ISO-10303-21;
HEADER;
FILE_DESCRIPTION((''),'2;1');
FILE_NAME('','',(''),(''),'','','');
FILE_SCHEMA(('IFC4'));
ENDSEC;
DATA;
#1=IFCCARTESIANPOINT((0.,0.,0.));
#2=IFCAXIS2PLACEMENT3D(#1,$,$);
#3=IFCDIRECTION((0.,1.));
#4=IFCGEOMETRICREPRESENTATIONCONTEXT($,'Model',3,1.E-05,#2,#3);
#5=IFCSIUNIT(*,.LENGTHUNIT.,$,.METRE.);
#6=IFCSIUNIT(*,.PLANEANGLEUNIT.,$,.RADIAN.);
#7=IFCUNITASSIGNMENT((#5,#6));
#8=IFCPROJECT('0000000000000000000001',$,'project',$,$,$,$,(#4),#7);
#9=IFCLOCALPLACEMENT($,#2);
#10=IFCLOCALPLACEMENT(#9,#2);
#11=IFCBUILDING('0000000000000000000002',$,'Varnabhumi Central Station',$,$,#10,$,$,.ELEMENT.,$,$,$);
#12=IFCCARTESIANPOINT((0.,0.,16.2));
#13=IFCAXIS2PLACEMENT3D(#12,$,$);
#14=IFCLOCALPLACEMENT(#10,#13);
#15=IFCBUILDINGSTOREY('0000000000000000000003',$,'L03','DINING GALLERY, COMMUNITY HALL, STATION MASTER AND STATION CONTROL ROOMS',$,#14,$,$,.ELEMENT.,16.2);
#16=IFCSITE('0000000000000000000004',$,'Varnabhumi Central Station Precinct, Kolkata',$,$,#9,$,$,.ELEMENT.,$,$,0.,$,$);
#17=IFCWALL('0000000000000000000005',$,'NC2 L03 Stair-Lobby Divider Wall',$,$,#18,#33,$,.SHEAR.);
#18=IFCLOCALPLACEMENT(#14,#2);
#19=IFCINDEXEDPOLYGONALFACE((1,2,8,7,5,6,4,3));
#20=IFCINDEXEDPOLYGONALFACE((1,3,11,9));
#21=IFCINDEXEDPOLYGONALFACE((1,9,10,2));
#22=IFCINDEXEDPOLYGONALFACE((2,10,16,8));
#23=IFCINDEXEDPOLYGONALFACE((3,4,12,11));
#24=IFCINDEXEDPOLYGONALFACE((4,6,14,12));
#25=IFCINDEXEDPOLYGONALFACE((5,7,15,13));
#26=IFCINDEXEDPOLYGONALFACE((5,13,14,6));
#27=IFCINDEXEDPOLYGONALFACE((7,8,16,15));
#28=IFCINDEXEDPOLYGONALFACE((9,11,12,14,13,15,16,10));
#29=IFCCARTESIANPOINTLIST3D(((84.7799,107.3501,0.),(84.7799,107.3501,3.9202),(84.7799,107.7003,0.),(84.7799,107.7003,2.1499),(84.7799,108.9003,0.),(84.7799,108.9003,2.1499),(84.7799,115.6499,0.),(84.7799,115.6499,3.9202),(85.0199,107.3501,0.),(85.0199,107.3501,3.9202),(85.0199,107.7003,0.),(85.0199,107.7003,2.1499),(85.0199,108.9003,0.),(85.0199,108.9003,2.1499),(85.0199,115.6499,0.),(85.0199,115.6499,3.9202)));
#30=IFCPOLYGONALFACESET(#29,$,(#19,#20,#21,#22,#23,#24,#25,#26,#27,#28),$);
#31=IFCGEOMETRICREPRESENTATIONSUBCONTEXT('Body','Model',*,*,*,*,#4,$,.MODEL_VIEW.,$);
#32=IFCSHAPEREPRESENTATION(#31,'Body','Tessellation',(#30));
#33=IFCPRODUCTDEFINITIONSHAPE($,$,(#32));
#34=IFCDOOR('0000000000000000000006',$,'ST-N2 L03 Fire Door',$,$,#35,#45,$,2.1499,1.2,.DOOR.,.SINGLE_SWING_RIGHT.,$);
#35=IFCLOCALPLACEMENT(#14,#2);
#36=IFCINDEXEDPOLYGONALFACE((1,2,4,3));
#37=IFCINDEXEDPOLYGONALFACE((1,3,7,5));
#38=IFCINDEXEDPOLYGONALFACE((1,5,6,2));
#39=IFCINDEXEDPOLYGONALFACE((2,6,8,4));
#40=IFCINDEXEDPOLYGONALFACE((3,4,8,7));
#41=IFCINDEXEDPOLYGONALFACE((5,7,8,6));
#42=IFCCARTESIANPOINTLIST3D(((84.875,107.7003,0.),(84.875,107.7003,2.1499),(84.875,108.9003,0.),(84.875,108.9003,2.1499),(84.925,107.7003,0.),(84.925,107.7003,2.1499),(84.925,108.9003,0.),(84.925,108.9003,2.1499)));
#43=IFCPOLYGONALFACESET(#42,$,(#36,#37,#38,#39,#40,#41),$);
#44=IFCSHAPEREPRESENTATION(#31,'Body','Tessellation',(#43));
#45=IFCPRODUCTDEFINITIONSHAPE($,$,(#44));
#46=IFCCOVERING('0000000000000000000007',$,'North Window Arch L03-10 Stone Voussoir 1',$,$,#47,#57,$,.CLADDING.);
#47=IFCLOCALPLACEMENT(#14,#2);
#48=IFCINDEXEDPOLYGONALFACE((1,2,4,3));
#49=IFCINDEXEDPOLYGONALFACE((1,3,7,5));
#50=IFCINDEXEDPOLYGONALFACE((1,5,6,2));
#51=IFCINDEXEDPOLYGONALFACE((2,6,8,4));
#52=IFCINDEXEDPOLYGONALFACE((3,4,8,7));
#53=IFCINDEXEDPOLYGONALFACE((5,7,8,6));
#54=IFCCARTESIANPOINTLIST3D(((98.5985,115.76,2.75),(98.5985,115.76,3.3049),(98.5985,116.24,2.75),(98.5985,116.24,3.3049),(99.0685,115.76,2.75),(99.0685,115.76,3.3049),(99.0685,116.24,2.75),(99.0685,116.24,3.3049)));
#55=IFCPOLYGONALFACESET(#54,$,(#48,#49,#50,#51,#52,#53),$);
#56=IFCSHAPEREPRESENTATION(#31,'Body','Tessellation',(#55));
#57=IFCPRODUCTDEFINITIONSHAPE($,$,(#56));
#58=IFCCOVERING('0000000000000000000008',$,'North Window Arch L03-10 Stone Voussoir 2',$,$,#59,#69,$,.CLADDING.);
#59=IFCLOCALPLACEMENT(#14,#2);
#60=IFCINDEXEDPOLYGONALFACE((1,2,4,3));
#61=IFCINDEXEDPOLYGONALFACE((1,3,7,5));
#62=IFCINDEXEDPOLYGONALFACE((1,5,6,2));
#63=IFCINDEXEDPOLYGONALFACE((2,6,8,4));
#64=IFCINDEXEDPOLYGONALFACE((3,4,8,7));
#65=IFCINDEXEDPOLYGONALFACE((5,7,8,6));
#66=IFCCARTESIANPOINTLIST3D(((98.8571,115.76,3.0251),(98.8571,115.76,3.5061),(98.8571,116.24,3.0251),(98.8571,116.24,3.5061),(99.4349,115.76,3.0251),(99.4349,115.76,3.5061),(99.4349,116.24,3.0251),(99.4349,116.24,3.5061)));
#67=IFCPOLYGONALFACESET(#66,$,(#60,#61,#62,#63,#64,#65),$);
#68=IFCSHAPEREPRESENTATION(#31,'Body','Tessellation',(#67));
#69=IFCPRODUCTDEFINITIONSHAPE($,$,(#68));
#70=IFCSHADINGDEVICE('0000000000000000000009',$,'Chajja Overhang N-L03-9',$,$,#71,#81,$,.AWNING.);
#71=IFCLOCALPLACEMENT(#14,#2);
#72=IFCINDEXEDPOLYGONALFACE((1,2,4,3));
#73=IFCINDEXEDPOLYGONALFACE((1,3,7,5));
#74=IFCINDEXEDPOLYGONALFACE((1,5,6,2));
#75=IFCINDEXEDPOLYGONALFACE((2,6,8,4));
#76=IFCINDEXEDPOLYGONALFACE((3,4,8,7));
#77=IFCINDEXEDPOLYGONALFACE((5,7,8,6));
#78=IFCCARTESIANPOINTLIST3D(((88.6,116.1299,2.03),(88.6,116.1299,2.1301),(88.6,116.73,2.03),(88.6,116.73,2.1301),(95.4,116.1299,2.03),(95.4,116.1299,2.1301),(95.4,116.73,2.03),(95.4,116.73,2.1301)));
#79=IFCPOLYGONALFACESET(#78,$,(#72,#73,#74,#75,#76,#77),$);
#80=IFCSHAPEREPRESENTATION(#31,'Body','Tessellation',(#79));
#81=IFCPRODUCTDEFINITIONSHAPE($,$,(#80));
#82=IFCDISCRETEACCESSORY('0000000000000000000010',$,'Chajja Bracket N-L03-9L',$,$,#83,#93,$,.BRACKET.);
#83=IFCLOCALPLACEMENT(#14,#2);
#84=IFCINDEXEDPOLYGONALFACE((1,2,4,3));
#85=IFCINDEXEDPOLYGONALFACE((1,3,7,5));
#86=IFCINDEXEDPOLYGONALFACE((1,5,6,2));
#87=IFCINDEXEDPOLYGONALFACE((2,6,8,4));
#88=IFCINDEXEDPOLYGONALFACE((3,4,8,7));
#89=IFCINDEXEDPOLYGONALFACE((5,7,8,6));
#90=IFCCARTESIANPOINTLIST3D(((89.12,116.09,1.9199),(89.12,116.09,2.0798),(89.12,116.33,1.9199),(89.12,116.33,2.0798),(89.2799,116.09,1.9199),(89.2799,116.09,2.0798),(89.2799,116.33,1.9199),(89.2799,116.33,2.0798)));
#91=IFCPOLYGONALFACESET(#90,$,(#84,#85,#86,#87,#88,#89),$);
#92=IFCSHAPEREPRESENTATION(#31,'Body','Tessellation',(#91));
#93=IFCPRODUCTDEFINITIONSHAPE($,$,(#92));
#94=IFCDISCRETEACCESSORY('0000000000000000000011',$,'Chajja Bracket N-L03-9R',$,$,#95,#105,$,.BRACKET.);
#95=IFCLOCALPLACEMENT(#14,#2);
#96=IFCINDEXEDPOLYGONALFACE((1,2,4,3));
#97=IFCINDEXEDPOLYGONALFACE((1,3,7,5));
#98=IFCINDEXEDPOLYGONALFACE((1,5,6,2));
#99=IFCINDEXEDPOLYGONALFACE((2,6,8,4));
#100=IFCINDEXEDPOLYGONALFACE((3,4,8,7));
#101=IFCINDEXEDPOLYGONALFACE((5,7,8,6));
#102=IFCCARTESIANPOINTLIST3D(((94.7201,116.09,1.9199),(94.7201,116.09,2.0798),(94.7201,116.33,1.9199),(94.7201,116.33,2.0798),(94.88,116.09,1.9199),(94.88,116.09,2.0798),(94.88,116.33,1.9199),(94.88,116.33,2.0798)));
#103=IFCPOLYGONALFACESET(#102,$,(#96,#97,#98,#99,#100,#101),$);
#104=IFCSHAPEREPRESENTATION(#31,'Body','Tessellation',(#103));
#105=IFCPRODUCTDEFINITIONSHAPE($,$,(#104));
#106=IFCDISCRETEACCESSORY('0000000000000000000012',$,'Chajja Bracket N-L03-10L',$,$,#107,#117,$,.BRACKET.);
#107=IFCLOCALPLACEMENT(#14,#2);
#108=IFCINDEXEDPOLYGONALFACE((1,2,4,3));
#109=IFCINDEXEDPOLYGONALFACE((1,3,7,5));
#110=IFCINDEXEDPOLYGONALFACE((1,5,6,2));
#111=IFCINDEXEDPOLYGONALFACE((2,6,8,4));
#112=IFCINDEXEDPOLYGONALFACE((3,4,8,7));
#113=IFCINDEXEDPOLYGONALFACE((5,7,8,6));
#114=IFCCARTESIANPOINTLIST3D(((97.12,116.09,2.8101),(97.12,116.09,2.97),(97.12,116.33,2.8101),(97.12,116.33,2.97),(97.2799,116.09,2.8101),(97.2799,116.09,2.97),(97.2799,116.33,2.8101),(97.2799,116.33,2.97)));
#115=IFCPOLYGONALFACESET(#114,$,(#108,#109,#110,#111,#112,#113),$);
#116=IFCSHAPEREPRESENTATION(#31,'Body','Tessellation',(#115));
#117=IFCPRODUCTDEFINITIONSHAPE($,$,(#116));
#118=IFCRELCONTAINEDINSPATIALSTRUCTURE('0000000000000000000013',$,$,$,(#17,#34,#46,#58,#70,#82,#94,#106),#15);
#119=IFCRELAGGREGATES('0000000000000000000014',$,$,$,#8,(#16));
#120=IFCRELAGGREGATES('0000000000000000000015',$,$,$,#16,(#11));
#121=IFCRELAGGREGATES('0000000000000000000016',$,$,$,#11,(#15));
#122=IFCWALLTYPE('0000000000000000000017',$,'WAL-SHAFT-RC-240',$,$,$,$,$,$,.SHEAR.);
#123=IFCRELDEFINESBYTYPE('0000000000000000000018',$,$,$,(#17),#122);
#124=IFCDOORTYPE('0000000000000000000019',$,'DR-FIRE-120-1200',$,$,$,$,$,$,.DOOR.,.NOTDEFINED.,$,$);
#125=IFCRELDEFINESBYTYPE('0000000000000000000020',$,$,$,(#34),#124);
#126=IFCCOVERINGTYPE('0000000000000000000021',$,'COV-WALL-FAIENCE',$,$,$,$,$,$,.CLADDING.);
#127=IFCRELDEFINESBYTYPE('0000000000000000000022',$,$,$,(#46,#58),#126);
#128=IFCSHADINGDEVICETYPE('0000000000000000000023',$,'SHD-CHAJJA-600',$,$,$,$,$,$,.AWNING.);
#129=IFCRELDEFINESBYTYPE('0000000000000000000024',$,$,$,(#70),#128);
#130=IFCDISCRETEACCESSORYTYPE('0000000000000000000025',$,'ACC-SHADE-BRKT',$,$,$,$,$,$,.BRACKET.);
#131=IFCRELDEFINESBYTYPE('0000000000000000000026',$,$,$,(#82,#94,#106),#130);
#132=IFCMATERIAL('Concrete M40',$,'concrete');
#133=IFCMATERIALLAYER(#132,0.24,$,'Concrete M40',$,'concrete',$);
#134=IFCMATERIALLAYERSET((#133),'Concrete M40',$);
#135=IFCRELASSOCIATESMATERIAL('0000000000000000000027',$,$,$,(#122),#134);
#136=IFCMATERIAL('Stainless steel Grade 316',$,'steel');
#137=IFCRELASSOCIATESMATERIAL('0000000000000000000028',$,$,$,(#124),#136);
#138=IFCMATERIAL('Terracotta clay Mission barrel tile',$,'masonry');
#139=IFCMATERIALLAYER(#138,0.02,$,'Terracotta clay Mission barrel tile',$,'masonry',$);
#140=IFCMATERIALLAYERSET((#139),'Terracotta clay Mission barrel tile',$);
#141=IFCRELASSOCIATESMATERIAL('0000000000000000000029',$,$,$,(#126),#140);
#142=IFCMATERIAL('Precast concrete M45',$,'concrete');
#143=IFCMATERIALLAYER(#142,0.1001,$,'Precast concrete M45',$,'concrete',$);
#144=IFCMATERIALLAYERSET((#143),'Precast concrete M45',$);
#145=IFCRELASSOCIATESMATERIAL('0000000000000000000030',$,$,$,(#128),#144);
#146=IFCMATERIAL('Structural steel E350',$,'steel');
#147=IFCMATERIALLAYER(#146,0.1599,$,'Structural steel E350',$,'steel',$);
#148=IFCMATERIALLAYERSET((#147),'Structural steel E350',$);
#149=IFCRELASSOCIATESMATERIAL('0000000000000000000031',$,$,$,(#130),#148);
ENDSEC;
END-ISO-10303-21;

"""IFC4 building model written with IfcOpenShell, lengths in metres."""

from ifc_helpers import new_model, si_unit, direction, frame, frame_2d, origin, origin_2d, place, context, subcontext, project, spatial, rectangle, extrude, material, layer, layer_set, type_object, element, fill, save


model = new_model("IFC4")

# Units and contexts
model_context = context("Model", 3, precision=1e-05, world=origin(), true_north=direction((0.0, 1.0)))
body_context = subcontext(model_context, "Body", "Model", "MODEL_VIEW")
ifc_project = project(units=[si_unit("LENGTHUNIT", "METRE"), si_unit("PLANEANGLEUNIT", "RADIAN")], contexts=[model_context])

# Site, building, storey
site_placement = place(None, origin())
site = spatial("IfcSite", under=ifc_project, at=site_placement, Name="Varnabhumi Central Station Precinct, Kolkata", CompositionType="ELEMENT", RefElevation=0.0)
building_placement = place(site_placement, origin())
building = spatial("IfcBuilding", under=site, at=building_placement, Name="Varnabhumi Central Station", CompositionType="ELEMENT")
storey_placement = place(building_placement, frame((0.0, 0.0, 16.2)))
storey = spatial("IfcBuildingStorey", under=building, at=storey_placement, Name="L03", Description="DINING GALLERY, COMMUNITY HALL, STATION MASTER AND STATION CONTROL ROOMS", CompositionType="ELEMENT", Elevation=16.2)

# Shared definitions
ifc_material_1 = material(Name="Concrete M40", Category="concrete")

# Shared definitions
ifc_material_2 = material(Name="Structural steel E350", Category="steel")

# Wall, opening, door
ifc_layer_1 = layer(ifc_material_1, 0.24, Name="Concrete M40", Category="concrete")
ifc_layer_set_1 = layer_set([ifc_layer_1], Name="Concrete M40")
wall_type_1 = type_object("IfcWallType", Name="WAL-SHAFT-RC-240", PredefinedType="SHEAR", material=ifc_layer_set_1)
wall_1_placement = place(storey_placement, frame((84.8999, 107.3501, 0.0), z_axis=(0.0, 0.0, 1.0), x_axis=(0.0, 1.0, 0.0)))
wall_1 = element("IfcWall", 1, at=wall_1_placement, inside=storey, type_object=wall_type_1, Name="NC2 L03 Stair-Lobby Divider Wall", PredefinedType="SHEAR", context=body_context, shape_type="SweptSolid", body=[
    extrude(rectangle(XDim=8.2998, YDim=0.24, at=frame_2d((4.1499, 0.0))), origin(), (0.0, 0.0, 1.0), 3.9202),
])
opening_1_placement = place(wall_1_placement, frame((0.3501, 0.0, 0.0)))
opening_1 = element("IfcOpeningElement", 2, at=opening_1_placement, cuts=wall_1, PredefinedType="OPENING", context=body_context, shape_type="SweptSolid", body=[
    extrude(rectangle(XDim=1.2, YDim=2.1499, at=frame_2d((0.6001, 1.075))), frame((0.0, 0.1299, 0.0), z_axis=(0.0, -1.0, 0.0), x_axis=(1.0, 0.0, 0.0)), (0.0, 0.0, 1.0), 0.26),
])
ifc_material_3 = material(Name="Stainless steel Grade 316", Category="steel")
door_type_1 = type_object("IfcDoorType", Name="DR-FIRE-120-1200", OperationType="NOTDEFINED", PredefinedType="DOOR", material=ifc_material_3)
door_1_placement = place(opening_1_placement, origin())
door_1 = element("IfcDoor", 3, at=door_1_placement, inside=storey, type_object=door_type_1, Name="ST-N2 L03 Fire Door", OperationType="SINGLE_SWING_RIGHT", OverallHeight=2.1499, OverallWidth=1.2, PredefinedType="DOOR", context=body_context, shape_type="SweptSolid", body=[
    extrude(rectangle(XDim=1.2, YDim=2.1499, at=frame_2d((0.6001, 1.075))), frame((0.0, 0.0249, 0.0), z_axis=(0.0, -1.0, 0.0), x_axis=(1.0, 0.0, 0.0)), (0.0, 0.0, 1.0), 0.05),
])
fill(opening_1, door_1)

# Coverings
ifc_material_4 = material(Name="Terracotta clay Mission barrel tile", Category="masonry")
ifc_layer_2 = layer(ifc_material_4, 0.02, Name="Terracotta clay Mission barrel tile", Category="masonry")
ifc_layer_set_2 = layer_set([ifc_layer_2], Name="Terracotta clay Mission barrel tile")
covering_type = type_object("IfcCoveringType", Name="COV-WALL-FAIENCE", PredefinedType="CLADDING", material=ifc_layer_set_2)
covering_1_placement = place(storey_placement, frame((98.8335, 116.0, 2.75), z_axis=(0.0, 0.0, 1.0), x_axis=(1.0, 0.0, 0.0)))
element("IfcCovering", 4, at=covering_1_placement, inside=storey, type_object=covering_type, Name="North Window Arch L03-10 Stone Voussoir 1", PredefinedType="CLADDING", context=body_context, shape_type="SweptSolid", body=[
    extrude(rectangle(XDim=0.47, YDim=0.48, at=origin_2d()), origin(), (0.0, 0.0, 1.0), 0.5549),
])
covering_2_placement = place(storey_placement, frame((99.146, 116.0, 3.0251), z_axis=(0.0, 0.0, 1.0), x_axis=(1.0, 0.0, 0.0)))
element("IfcCovering", 5, at=covering_2_placement, inside=storey, type_object=covering_type, Name="North Window Arch L03-10 Stone Voussoir 2", PredefinedType="CLADDING", context=body_context, shape_type="SweptSolid", body=[
    extrude(rectangle(XDim=0.5779, YDim=0.48, at=origin_2d()), origin(), (0.0, 0.0, 1.0), 0.481),
])

# Shading device
ifc_material_5 = material(Name="Precast concrete M45", Category="concrete")
ifc_layer_3 = layer(ifc_material_5, 0.1001, Name="Precast concrete M45", Category="concrete")
ifc_layer_set_3 = layer_set([ifc_layer_3], Name="Precast concrete M45")
shading_device_type = type_object("IfcShadingDeviceType", Name="SHD-CHAJJA-600", PredefinedType="AWNING", material=ifc_layer_set_3)
shading_device_placement = place(storey_placement, frame((92.0, 116.4299, 2.03), z_axis=(0.0, 0.0, 1.0), x_axis=(1.0, 0.0, 0.0)))
element("IfcShadingDevice", 6, at=shading_device_placement, inside=storey, type_object=shading_device_type, Name="Chajja Overhang N-L03-9", PredefinedType="AWNING", context=body_context, shape_type="SweptSolid", body=[
    extrude(rectangle(XDim=6.8, YDim=0.6001, at=origin_2d()), origin(), (0.0, 0.0, 1.0), 0.1001),
])

# Discrete accessories
ifc_layer_4 = layer(ifc_material_2, 0.1599, Name="Structural steel E350", Category="steel")
ifc_layer_set_4 = layer_set([ifc_layer_4], Name="Structural steel E350")
discrete_accessory_type = type_object("IfcDiscreteAccessoryType", Name="ACC-SHADE-BRKT", PredefinedType="BRACKET", material=ifc_layer_set_4)
for number, where, z_axis, x_axis, name in (
    (7, (89.2, 116.21, 1.9199), (0.0, 0.0, 1.0), (1.0, 0.0, 0.0), "Chajja Bracket N-L03-9L"),
    (8, (94.8, 116.21, 1.9199), (0.0, 0.0, 1.0), (1.0, 0.0, 0.0), "Chajja Bracket N-L03-9R"),
    (9, (97.2, 116.21, 2.8101), (0.0, 0.0, 1.0), (1.0, 0.0, 0.0), "Chajja Bracket N-L03-10L"),
):
    element("IfcDiscreteAccessory", number, at=place(storey_placement, frame(where, z_axis=z_axis, x_axis=x_axis)), inside=storey, type_object=discrete_accessory_type, Name=name, PredefinedType="BRACKET", context=body_context, shape_type="SweptSolid", body=[
        extrude(rectangle(XDim=0.1599, YDim=0.24, at=origin_2d()), origin(), (0.0, 0.0, 1.0), 0.1599),
    ])

save(model, "model.ifc")
